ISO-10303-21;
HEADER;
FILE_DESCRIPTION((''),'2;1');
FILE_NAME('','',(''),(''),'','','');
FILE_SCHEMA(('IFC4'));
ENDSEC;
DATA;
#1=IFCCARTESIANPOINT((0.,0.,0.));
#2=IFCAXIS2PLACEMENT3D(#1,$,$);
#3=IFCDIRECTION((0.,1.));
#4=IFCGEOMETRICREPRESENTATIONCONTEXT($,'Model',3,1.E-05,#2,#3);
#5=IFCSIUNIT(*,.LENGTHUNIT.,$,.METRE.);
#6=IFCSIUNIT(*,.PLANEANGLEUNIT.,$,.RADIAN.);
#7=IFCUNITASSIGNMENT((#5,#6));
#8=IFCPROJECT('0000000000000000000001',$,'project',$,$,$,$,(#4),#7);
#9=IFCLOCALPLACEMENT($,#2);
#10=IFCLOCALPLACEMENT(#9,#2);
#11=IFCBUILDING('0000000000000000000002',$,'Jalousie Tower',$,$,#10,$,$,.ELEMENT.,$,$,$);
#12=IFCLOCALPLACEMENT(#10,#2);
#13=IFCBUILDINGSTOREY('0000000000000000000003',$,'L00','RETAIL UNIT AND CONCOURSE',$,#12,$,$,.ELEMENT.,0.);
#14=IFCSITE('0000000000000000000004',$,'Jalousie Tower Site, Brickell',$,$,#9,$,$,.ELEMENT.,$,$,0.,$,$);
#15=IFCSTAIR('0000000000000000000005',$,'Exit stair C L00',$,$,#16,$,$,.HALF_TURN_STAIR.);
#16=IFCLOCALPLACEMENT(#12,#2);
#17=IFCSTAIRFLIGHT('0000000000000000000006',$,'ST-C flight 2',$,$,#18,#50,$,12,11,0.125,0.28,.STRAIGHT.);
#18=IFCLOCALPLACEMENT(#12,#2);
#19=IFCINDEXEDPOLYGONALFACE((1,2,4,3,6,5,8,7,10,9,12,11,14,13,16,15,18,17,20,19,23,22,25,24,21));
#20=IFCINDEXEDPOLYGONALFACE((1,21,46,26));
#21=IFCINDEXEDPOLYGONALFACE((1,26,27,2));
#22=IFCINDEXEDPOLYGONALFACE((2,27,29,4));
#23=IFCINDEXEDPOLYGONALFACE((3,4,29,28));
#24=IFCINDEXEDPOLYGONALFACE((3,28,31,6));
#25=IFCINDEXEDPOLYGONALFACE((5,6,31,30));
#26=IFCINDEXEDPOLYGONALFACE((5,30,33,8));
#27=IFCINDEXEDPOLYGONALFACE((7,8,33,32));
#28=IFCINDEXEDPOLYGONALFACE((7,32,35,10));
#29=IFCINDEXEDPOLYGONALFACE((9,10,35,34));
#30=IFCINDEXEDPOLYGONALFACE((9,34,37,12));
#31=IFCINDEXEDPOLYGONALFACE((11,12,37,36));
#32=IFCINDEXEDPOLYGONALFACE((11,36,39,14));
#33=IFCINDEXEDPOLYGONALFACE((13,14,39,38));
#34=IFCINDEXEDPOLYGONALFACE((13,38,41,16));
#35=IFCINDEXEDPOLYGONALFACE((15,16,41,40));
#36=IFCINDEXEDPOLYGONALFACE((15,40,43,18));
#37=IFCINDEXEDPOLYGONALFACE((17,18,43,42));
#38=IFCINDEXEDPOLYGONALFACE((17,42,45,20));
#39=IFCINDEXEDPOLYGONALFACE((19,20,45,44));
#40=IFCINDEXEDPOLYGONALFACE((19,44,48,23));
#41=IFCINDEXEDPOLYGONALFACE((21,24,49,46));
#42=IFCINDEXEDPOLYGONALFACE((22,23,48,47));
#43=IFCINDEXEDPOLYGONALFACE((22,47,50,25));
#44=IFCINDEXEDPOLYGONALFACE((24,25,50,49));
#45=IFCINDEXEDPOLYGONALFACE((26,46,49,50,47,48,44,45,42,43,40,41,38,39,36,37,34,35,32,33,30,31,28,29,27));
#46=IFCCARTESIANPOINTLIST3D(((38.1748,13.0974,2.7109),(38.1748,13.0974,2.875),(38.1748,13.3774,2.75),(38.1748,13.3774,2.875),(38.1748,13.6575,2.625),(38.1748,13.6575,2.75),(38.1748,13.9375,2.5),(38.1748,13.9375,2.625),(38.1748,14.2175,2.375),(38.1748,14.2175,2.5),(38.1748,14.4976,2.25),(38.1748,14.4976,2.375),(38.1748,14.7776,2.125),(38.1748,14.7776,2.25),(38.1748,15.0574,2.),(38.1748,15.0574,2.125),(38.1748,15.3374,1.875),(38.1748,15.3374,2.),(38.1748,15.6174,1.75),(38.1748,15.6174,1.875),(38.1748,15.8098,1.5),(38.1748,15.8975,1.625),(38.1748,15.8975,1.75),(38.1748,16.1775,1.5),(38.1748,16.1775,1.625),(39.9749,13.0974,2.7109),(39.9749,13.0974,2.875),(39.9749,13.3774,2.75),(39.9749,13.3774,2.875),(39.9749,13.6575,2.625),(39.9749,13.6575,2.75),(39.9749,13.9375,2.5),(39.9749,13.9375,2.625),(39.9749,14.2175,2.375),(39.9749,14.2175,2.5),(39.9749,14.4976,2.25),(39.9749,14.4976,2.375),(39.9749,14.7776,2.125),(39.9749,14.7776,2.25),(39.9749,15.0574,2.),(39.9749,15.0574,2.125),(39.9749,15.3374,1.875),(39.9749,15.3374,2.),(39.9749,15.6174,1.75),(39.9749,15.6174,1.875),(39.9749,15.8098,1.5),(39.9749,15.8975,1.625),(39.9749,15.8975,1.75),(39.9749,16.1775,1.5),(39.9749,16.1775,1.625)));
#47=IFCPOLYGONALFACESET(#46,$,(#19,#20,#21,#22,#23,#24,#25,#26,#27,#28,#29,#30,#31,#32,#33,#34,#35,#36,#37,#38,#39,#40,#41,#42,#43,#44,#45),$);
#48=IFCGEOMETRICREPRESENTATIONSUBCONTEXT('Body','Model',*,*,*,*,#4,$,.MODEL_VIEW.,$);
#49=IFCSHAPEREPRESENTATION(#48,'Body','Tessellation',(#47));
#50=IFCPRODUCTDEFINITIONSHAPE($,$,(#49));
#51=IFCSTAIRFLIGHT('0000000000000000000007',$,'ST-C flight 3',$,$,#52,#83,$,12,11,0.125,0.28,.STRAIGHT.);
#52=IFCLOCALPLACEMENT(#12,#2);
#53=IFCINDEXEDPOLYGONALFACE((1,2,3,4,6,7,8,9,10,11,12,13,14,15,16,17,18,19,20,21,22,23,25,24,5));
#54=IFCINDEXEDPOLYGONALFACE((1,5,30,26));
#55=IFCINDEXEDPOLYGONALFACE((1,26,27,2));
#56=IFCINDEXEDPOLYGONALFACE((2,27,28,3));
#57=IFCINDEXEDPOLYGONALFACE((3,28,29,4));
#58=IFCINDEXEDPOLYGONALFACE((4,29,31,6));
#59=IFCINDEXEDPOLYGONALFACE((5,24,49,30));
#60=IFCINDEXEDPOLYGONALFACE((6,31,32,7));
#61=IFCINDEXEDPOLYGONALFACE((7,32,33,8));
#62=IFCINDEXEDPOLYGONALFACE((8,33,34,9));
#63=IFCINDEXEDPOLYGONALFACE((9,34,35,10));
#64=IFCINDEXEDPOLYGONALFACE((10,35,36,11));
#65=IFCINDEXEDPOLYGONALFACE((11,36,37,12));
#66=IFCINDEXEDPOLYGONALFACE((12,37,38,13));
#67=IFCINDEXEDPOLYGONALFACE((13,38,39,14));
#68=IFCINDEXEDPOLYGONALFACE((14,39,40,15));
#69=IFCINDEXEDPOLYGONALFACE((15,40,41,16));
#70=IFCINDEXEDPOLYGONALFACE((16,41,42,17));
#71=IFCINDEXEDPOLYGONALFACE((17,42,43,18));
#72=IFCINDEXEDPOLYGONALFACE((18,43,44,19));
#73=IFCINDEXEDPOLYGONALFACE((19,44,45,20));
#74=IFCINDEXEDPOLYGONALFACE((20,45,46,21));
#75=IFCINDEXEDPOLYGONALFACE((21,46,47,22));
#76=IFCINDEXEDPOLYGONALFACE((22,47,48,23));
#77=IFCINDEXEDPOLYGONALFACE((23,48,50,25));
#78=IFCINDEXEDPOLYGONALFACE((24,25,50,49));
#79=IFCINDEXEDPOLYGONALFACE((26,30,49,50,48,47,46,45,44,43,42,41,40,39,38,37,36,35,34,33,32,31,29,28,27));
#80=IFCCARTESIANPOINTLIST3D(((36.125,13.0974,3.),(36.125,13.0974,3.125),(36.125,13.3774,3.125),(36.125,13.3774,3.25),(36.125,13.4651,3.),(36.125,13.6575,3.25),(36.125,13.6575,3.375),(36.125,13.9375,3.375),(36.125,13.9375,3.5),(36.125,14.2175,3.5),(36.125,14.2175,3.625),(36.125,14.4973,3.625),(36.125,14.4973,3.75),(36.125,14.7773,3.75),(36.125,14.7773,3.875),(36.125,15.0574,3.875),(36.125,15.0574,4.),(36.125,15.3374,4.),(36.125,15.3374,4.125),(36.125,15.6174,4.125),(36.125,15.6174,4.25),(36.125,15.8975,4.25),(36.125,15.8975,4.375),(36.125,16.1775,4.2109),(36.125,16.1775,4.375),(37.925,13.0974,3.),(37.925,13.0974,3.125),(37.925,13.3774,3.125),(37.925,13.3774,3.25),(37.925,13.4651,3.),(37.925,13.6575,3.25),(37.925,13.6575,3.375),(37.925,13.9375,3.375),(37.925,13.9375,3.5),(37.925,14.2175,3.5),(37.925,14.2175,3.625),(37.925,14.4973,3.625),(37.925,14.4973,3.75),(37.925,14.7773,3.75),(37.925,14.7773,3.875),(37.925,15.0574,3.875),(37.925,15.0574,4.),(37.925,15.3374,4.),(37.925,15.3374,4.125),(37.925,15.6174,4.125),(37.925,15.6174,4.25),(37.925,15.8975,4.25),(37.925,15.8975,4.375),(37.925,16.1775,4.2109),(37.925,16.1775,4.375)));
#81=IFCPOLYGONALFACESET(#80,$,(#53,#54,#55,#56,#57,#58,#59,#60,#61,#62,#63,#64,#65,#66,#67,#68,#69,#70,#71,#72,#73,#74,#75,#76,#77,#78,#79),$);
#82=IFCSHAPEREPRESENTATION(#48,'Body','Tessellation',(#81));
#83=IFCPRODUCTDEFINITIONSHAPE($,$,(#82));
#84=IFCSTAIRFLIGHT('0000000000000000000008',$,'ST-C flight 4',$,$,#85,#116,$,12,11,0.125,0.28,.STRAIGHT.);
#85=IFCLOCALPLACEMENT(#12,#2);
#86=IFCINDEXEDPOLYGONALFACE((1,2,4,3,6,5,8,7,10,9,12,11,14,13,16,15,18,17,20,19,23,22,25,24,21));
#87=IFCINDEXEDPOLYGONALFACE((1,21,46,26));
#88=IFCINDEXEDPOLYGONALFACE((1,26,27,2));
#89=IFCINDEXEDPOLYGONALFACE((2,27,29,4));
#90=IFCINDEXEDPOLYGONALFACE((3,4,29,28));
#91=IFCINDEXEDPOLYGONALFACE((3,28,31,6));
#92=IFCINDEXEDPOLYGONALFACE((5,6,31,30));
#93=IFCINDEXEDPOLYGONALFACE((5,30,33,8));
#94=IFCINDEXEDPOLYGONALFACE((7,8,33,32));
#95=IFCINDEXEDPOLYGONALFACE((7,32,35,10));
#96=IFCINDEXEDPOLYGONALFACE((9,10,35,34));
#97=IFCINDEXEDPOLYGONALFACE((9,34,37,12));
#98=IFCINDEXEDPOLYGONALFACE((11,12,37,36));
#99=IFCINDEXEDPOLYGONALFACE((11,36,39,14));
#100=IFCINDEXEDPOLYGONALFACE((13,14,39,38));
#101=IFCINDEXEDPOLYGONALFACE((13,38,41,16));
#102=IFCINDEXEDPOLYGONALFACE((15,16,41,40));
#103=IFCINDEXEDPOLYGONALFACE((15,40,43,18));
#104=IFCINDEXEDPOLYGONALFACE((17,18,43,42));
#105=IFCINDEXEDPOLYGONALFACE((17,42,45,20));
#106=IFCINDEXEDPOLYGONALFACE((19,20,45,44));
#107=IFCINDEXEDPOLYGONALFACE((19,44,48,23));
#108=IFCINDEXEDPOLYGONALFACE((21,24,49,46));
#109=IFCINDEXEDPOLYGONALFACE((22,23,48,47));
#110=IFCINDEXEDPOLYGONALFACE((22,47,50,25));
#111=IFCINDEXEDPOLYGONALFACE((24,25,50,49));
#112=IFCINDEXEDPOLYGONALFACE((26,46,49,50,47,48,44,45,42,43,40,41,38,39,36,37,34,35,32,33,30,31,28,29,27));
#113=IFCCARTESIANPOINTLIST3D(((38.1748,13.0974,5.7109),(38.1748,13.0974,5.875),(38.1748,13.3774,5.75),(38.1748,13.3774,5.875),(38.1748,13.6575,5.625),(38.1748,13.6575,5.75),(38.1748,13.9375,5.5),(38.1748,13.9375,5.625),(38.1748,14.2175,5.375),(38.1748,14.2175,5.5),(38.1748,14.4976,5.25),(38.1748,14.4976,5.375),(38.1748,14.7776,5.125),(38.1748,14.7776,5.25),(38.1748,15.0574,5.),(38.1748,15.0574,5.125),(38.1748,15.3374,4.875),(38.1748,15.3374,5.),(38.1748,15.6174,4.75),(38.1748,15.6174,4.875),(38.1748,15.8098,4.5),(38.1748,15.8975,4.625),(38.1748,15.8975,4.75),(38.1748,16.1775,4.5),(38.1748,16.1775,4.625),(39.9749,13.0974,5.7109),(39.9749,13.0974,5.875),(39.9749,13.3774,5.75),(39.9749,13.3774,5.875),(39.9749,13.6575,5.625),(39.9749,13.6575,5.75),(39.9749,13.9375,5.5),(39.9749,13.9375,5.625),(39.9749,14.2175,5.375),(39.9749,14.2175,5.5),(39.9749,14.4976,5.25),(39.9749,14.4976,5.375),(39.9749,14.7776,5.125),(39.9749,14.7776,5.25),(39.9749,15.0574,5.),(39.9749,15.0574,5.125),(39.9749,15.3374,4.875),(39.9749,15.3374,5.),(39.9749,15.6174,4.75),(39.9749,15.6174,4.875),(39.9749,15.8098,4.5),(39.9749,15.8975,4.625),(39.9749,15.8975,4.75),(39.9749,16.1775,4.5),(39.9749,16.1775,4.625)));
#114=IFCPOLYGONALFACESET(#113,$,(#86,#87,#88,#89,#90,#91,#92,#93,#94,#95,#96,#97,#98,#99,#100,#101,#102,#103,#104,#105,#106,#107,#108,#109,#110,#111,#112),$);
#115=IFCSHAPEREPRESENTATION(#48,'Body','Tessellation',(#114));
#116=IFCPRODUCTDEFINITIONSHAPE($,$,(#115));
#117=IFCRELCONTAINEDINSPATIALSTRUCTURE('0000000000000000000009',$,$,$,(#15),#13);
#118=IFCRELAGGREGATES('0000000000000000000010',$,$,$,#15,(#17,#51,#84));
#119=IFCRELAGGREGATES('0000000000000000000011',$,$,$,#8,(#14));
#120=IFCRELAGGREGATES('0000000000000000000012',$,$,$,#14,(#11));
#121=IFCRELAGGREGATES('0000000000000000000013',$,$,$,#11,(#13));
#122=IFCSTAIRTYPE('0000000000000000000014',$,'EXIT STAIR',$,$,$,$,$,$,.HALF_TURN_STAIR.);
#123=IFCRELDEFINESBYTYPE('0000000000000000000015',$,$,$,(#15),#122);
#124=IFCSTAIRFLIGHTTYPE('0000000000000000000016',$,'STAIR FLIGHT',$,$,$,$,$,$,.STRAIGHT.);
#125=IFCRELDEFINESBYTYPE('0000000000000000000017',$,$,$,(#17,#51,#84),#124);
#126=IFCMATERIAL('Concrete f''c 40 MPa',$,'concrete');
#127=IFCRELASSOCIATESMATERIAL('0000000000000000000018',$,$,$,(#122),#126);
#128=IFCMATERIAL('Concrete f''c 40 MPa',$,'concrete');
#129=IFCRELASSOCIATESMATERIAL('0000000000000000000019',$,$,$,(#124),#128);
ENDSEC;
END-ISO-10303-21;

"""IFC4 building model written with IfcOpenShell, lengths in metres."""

from ifc_helpers import new_model, si_unit, direction, frame, origin, place, context, subcontext, project, spatial, polyline, outline, extrude, material, type_object, element, aggregate, save


model = new_model("IFC4")

# Units and contexts
model_context = context("Model", 3, precision=1e-05, world=origin(), true_north=direction((0.0, 1.0)))
body_context = subcontext(model_context, "Body", "Model", "MODEL_VIEW")
ifc_project = project(units=[si_unit("LENGTHUNIT", "METRE"), si_unit("PLANEANGLEUNIT", "RADIAN")], contexts=[model_context])

# Site, building, storey
site_placement = place(None, origin())
site = spatial("IfcSite", under=ifc_project, at=site_placement, Name="Jalousie Tower Site, Brickell", CompositionType="ELEMENT", RefElevation=0.0)
building_placement = place(site_placement, origin())
building = spatial("IfcBuilding", under=site, at=building_placement, Name="Jalousie Tower", CompositionType="ELEMENT")
storey_placement = place(building_placement, origin())
storey = spatial("IfcBuildingStorey", under=building, at=storey_placement, Name="L00", Description="RETAIL UNIT AND CONCOURSE", CompositionType="ELEMENT", Elevation=0.0)

# Stair, stair flights
ifc_material_1 = material(Name="Concrete f'c 40 MPa", Category="concrete")
stair_type = type_object("IfcStairType", Name="EXIT STAIR", PredefinedType="HALF_TURN_STAIR", material=ifc_material_1)
stair_placement = place(storey_placement, origin())
stair = element("IfcStair", 1, at=stair_placement, inside=storey, type_object=stair_type, Name="Exit stair C L00", PredefinedType="HALF_TURN_STAIR")
ifc_material_2 = material(Name="Concrete f'c 40 MPa", Category="concrete")
stair_flight_type = type_object("IfcStairFlightType", Name="STAIR FLIGHT", PredefinedType="STRAIGHT", material=ifc_material_2)
stair_flight_1_placement = place(storey_placement, frame((39.075, 16.1775, 1.5), z_axis=(0.0, 0.0, 1.0), x_axis=(0.0, -1.0, 0.0)))
stair_flight_1 = element("IfcStairFlight", 2, at=stair_flight_1_placement, type_object=stair_flight_type, Name="ST-C flight 2", NumberOfRisers=12, NumberOfTreads=11, PredefinedType="STRAIGHT", RiserHeight=0.125, TreadLength=0.28, context=body_context, shape_type="SweptSolid", body=[
    extrude(outline(polyline([(0.0, 0.0), (0.0, 0.125), (0.28, 0.125), (0.28, 0.25), (0.5601, 0.25), (0.5601, 0.375), (0.8401, 0.375), (0.8401, 0.5), (1.1201, 0.5), (1.1201, 0.625), (1.3999, 0.625), (1.3999, 0.75), (1.6799, 0.75), (1.6799, 0.875), (1.96, 0.875), (1.96, 1.0), (2.24, 1.0), (2.24, 1.125), (2.52, 1.125), (2.52, 1.25), (2.8, 1.25), (2.8, 1.375), (3.0801, 1.375), (3.0801, 1.5), (3.0801, 1.2109), (0.3677, 0.0), (0.0, 0.0)])), frame((0.0, 0.8999, 0.0), z_axis=(0.0, -1.0, 0.0), x_axis=(1.0, 0.0, 0.0)), (0.0, 0.0, 1.0), 1.8),
])
stair_flight_2_placement = place(storey_placement, frame((37.0249, 13.0974, 3.0), z_axis=(0.0, 0.0, 1.0), x_axis=(0.0, 1.0, 0.0)))
stair_flight_2 = element("IfcStairFlight", 3, at=stair_flight_2_placement, type_object=stair_flight_type, Name="ST-C flight 3", NumberOfRisers=12, NumberOfTreads=11, PredefinedType="STRAIGHT", RiserHeight=0.125, TreadLength=0.28, context=body_context, shape_type="SweptSolid", body=[
    extrude(outline(polyline([(0.0, 0.0), (0.0, 0.125), (0.28, 0.125), (0.28, 0.25), (0.5601, 0.25), (0.5601, 0.375), (0.8401, 0.375), (0.8401, 0.5), (1.1201, 0.5), (1.1201, 0.625), (1.3999, 0.625), (1.3999, 0.75), (1.6799, 0.75), (1.6799, 0.875), (1.96, 0.875), (1.96, 1.0), (2.24, 1.0), (2.24, 1.125), (2.52, 1.125), (2.52, 1.25), (2.8, 1.25), (2.8, 1.375), (3.0801, 1.375), (3.0801, 1.5), (3.0801, 1.2109), (0.3677, 0.0), (0.0, 0.0)])), frame((0.0, 0.8999, 0.0), z_axis=(0.0, -1.0, 0.0), x_axis=(1.0, 0.0, 0.0)), (0.0, 0.0, 1.0), 1.8),
])
stair_flight_3_placement = place(storey_placement, frame((39.075, 16.1775, 4.5), z_axis=(0.0, 0.0, 1.0), x_axis=(0.0, -1.0, 0.0)))
stair_flight_3 = element("IfcStairFlight", 4, at=stair_flight_3_placement, type_object=stair_flight_type, Name="ST-C flight 4", NumberOfRisers=12, NumberOfTreads=11, PredefinedType="STRAIGHT", RiserHeight=0.125, TreadLength=0.28, context=body_context, shape_type="SweptSolid", body=[
    extrude(outline(polyline([(0.0, 0.0), (0.0, 0.125), (0.28, 0.125), (0.28, 0.25), (0.5601, 0.25), (0.5601, 0.375), (0.8401, 0.375), (0.8401, 0.5), (1.1201, 0.5), (1.1201, 0.625), (1.3999, 0.625), (1.3999, 0.75), (1.6799, 0.75), (1.6799, 0.875), (1.96, 0.875), (1.96, 1.0), (2.24, 1.0), (2.24, 1.125), (2.52, 1.125), (2.52, 1.25), (2.8, 1.25), (2.8, 1.375), (3.0801, 1.375), (3.0801, 1.5), (3.0801, 1.2109), (0.3677, 0.0), (0.0, 0.0)])), frame((0.0, 0.8999, 0.0), z_axis=(0.0, -1.0, 0.0), x_axis=(1.0, 0.0, 0.0)), (0.0, 0.0, 1.0), 1.8),
])
aggregate(stair, [stair_flight_1, stair_flight_2, stair_flight_3])

save(model, "model.ifc")
